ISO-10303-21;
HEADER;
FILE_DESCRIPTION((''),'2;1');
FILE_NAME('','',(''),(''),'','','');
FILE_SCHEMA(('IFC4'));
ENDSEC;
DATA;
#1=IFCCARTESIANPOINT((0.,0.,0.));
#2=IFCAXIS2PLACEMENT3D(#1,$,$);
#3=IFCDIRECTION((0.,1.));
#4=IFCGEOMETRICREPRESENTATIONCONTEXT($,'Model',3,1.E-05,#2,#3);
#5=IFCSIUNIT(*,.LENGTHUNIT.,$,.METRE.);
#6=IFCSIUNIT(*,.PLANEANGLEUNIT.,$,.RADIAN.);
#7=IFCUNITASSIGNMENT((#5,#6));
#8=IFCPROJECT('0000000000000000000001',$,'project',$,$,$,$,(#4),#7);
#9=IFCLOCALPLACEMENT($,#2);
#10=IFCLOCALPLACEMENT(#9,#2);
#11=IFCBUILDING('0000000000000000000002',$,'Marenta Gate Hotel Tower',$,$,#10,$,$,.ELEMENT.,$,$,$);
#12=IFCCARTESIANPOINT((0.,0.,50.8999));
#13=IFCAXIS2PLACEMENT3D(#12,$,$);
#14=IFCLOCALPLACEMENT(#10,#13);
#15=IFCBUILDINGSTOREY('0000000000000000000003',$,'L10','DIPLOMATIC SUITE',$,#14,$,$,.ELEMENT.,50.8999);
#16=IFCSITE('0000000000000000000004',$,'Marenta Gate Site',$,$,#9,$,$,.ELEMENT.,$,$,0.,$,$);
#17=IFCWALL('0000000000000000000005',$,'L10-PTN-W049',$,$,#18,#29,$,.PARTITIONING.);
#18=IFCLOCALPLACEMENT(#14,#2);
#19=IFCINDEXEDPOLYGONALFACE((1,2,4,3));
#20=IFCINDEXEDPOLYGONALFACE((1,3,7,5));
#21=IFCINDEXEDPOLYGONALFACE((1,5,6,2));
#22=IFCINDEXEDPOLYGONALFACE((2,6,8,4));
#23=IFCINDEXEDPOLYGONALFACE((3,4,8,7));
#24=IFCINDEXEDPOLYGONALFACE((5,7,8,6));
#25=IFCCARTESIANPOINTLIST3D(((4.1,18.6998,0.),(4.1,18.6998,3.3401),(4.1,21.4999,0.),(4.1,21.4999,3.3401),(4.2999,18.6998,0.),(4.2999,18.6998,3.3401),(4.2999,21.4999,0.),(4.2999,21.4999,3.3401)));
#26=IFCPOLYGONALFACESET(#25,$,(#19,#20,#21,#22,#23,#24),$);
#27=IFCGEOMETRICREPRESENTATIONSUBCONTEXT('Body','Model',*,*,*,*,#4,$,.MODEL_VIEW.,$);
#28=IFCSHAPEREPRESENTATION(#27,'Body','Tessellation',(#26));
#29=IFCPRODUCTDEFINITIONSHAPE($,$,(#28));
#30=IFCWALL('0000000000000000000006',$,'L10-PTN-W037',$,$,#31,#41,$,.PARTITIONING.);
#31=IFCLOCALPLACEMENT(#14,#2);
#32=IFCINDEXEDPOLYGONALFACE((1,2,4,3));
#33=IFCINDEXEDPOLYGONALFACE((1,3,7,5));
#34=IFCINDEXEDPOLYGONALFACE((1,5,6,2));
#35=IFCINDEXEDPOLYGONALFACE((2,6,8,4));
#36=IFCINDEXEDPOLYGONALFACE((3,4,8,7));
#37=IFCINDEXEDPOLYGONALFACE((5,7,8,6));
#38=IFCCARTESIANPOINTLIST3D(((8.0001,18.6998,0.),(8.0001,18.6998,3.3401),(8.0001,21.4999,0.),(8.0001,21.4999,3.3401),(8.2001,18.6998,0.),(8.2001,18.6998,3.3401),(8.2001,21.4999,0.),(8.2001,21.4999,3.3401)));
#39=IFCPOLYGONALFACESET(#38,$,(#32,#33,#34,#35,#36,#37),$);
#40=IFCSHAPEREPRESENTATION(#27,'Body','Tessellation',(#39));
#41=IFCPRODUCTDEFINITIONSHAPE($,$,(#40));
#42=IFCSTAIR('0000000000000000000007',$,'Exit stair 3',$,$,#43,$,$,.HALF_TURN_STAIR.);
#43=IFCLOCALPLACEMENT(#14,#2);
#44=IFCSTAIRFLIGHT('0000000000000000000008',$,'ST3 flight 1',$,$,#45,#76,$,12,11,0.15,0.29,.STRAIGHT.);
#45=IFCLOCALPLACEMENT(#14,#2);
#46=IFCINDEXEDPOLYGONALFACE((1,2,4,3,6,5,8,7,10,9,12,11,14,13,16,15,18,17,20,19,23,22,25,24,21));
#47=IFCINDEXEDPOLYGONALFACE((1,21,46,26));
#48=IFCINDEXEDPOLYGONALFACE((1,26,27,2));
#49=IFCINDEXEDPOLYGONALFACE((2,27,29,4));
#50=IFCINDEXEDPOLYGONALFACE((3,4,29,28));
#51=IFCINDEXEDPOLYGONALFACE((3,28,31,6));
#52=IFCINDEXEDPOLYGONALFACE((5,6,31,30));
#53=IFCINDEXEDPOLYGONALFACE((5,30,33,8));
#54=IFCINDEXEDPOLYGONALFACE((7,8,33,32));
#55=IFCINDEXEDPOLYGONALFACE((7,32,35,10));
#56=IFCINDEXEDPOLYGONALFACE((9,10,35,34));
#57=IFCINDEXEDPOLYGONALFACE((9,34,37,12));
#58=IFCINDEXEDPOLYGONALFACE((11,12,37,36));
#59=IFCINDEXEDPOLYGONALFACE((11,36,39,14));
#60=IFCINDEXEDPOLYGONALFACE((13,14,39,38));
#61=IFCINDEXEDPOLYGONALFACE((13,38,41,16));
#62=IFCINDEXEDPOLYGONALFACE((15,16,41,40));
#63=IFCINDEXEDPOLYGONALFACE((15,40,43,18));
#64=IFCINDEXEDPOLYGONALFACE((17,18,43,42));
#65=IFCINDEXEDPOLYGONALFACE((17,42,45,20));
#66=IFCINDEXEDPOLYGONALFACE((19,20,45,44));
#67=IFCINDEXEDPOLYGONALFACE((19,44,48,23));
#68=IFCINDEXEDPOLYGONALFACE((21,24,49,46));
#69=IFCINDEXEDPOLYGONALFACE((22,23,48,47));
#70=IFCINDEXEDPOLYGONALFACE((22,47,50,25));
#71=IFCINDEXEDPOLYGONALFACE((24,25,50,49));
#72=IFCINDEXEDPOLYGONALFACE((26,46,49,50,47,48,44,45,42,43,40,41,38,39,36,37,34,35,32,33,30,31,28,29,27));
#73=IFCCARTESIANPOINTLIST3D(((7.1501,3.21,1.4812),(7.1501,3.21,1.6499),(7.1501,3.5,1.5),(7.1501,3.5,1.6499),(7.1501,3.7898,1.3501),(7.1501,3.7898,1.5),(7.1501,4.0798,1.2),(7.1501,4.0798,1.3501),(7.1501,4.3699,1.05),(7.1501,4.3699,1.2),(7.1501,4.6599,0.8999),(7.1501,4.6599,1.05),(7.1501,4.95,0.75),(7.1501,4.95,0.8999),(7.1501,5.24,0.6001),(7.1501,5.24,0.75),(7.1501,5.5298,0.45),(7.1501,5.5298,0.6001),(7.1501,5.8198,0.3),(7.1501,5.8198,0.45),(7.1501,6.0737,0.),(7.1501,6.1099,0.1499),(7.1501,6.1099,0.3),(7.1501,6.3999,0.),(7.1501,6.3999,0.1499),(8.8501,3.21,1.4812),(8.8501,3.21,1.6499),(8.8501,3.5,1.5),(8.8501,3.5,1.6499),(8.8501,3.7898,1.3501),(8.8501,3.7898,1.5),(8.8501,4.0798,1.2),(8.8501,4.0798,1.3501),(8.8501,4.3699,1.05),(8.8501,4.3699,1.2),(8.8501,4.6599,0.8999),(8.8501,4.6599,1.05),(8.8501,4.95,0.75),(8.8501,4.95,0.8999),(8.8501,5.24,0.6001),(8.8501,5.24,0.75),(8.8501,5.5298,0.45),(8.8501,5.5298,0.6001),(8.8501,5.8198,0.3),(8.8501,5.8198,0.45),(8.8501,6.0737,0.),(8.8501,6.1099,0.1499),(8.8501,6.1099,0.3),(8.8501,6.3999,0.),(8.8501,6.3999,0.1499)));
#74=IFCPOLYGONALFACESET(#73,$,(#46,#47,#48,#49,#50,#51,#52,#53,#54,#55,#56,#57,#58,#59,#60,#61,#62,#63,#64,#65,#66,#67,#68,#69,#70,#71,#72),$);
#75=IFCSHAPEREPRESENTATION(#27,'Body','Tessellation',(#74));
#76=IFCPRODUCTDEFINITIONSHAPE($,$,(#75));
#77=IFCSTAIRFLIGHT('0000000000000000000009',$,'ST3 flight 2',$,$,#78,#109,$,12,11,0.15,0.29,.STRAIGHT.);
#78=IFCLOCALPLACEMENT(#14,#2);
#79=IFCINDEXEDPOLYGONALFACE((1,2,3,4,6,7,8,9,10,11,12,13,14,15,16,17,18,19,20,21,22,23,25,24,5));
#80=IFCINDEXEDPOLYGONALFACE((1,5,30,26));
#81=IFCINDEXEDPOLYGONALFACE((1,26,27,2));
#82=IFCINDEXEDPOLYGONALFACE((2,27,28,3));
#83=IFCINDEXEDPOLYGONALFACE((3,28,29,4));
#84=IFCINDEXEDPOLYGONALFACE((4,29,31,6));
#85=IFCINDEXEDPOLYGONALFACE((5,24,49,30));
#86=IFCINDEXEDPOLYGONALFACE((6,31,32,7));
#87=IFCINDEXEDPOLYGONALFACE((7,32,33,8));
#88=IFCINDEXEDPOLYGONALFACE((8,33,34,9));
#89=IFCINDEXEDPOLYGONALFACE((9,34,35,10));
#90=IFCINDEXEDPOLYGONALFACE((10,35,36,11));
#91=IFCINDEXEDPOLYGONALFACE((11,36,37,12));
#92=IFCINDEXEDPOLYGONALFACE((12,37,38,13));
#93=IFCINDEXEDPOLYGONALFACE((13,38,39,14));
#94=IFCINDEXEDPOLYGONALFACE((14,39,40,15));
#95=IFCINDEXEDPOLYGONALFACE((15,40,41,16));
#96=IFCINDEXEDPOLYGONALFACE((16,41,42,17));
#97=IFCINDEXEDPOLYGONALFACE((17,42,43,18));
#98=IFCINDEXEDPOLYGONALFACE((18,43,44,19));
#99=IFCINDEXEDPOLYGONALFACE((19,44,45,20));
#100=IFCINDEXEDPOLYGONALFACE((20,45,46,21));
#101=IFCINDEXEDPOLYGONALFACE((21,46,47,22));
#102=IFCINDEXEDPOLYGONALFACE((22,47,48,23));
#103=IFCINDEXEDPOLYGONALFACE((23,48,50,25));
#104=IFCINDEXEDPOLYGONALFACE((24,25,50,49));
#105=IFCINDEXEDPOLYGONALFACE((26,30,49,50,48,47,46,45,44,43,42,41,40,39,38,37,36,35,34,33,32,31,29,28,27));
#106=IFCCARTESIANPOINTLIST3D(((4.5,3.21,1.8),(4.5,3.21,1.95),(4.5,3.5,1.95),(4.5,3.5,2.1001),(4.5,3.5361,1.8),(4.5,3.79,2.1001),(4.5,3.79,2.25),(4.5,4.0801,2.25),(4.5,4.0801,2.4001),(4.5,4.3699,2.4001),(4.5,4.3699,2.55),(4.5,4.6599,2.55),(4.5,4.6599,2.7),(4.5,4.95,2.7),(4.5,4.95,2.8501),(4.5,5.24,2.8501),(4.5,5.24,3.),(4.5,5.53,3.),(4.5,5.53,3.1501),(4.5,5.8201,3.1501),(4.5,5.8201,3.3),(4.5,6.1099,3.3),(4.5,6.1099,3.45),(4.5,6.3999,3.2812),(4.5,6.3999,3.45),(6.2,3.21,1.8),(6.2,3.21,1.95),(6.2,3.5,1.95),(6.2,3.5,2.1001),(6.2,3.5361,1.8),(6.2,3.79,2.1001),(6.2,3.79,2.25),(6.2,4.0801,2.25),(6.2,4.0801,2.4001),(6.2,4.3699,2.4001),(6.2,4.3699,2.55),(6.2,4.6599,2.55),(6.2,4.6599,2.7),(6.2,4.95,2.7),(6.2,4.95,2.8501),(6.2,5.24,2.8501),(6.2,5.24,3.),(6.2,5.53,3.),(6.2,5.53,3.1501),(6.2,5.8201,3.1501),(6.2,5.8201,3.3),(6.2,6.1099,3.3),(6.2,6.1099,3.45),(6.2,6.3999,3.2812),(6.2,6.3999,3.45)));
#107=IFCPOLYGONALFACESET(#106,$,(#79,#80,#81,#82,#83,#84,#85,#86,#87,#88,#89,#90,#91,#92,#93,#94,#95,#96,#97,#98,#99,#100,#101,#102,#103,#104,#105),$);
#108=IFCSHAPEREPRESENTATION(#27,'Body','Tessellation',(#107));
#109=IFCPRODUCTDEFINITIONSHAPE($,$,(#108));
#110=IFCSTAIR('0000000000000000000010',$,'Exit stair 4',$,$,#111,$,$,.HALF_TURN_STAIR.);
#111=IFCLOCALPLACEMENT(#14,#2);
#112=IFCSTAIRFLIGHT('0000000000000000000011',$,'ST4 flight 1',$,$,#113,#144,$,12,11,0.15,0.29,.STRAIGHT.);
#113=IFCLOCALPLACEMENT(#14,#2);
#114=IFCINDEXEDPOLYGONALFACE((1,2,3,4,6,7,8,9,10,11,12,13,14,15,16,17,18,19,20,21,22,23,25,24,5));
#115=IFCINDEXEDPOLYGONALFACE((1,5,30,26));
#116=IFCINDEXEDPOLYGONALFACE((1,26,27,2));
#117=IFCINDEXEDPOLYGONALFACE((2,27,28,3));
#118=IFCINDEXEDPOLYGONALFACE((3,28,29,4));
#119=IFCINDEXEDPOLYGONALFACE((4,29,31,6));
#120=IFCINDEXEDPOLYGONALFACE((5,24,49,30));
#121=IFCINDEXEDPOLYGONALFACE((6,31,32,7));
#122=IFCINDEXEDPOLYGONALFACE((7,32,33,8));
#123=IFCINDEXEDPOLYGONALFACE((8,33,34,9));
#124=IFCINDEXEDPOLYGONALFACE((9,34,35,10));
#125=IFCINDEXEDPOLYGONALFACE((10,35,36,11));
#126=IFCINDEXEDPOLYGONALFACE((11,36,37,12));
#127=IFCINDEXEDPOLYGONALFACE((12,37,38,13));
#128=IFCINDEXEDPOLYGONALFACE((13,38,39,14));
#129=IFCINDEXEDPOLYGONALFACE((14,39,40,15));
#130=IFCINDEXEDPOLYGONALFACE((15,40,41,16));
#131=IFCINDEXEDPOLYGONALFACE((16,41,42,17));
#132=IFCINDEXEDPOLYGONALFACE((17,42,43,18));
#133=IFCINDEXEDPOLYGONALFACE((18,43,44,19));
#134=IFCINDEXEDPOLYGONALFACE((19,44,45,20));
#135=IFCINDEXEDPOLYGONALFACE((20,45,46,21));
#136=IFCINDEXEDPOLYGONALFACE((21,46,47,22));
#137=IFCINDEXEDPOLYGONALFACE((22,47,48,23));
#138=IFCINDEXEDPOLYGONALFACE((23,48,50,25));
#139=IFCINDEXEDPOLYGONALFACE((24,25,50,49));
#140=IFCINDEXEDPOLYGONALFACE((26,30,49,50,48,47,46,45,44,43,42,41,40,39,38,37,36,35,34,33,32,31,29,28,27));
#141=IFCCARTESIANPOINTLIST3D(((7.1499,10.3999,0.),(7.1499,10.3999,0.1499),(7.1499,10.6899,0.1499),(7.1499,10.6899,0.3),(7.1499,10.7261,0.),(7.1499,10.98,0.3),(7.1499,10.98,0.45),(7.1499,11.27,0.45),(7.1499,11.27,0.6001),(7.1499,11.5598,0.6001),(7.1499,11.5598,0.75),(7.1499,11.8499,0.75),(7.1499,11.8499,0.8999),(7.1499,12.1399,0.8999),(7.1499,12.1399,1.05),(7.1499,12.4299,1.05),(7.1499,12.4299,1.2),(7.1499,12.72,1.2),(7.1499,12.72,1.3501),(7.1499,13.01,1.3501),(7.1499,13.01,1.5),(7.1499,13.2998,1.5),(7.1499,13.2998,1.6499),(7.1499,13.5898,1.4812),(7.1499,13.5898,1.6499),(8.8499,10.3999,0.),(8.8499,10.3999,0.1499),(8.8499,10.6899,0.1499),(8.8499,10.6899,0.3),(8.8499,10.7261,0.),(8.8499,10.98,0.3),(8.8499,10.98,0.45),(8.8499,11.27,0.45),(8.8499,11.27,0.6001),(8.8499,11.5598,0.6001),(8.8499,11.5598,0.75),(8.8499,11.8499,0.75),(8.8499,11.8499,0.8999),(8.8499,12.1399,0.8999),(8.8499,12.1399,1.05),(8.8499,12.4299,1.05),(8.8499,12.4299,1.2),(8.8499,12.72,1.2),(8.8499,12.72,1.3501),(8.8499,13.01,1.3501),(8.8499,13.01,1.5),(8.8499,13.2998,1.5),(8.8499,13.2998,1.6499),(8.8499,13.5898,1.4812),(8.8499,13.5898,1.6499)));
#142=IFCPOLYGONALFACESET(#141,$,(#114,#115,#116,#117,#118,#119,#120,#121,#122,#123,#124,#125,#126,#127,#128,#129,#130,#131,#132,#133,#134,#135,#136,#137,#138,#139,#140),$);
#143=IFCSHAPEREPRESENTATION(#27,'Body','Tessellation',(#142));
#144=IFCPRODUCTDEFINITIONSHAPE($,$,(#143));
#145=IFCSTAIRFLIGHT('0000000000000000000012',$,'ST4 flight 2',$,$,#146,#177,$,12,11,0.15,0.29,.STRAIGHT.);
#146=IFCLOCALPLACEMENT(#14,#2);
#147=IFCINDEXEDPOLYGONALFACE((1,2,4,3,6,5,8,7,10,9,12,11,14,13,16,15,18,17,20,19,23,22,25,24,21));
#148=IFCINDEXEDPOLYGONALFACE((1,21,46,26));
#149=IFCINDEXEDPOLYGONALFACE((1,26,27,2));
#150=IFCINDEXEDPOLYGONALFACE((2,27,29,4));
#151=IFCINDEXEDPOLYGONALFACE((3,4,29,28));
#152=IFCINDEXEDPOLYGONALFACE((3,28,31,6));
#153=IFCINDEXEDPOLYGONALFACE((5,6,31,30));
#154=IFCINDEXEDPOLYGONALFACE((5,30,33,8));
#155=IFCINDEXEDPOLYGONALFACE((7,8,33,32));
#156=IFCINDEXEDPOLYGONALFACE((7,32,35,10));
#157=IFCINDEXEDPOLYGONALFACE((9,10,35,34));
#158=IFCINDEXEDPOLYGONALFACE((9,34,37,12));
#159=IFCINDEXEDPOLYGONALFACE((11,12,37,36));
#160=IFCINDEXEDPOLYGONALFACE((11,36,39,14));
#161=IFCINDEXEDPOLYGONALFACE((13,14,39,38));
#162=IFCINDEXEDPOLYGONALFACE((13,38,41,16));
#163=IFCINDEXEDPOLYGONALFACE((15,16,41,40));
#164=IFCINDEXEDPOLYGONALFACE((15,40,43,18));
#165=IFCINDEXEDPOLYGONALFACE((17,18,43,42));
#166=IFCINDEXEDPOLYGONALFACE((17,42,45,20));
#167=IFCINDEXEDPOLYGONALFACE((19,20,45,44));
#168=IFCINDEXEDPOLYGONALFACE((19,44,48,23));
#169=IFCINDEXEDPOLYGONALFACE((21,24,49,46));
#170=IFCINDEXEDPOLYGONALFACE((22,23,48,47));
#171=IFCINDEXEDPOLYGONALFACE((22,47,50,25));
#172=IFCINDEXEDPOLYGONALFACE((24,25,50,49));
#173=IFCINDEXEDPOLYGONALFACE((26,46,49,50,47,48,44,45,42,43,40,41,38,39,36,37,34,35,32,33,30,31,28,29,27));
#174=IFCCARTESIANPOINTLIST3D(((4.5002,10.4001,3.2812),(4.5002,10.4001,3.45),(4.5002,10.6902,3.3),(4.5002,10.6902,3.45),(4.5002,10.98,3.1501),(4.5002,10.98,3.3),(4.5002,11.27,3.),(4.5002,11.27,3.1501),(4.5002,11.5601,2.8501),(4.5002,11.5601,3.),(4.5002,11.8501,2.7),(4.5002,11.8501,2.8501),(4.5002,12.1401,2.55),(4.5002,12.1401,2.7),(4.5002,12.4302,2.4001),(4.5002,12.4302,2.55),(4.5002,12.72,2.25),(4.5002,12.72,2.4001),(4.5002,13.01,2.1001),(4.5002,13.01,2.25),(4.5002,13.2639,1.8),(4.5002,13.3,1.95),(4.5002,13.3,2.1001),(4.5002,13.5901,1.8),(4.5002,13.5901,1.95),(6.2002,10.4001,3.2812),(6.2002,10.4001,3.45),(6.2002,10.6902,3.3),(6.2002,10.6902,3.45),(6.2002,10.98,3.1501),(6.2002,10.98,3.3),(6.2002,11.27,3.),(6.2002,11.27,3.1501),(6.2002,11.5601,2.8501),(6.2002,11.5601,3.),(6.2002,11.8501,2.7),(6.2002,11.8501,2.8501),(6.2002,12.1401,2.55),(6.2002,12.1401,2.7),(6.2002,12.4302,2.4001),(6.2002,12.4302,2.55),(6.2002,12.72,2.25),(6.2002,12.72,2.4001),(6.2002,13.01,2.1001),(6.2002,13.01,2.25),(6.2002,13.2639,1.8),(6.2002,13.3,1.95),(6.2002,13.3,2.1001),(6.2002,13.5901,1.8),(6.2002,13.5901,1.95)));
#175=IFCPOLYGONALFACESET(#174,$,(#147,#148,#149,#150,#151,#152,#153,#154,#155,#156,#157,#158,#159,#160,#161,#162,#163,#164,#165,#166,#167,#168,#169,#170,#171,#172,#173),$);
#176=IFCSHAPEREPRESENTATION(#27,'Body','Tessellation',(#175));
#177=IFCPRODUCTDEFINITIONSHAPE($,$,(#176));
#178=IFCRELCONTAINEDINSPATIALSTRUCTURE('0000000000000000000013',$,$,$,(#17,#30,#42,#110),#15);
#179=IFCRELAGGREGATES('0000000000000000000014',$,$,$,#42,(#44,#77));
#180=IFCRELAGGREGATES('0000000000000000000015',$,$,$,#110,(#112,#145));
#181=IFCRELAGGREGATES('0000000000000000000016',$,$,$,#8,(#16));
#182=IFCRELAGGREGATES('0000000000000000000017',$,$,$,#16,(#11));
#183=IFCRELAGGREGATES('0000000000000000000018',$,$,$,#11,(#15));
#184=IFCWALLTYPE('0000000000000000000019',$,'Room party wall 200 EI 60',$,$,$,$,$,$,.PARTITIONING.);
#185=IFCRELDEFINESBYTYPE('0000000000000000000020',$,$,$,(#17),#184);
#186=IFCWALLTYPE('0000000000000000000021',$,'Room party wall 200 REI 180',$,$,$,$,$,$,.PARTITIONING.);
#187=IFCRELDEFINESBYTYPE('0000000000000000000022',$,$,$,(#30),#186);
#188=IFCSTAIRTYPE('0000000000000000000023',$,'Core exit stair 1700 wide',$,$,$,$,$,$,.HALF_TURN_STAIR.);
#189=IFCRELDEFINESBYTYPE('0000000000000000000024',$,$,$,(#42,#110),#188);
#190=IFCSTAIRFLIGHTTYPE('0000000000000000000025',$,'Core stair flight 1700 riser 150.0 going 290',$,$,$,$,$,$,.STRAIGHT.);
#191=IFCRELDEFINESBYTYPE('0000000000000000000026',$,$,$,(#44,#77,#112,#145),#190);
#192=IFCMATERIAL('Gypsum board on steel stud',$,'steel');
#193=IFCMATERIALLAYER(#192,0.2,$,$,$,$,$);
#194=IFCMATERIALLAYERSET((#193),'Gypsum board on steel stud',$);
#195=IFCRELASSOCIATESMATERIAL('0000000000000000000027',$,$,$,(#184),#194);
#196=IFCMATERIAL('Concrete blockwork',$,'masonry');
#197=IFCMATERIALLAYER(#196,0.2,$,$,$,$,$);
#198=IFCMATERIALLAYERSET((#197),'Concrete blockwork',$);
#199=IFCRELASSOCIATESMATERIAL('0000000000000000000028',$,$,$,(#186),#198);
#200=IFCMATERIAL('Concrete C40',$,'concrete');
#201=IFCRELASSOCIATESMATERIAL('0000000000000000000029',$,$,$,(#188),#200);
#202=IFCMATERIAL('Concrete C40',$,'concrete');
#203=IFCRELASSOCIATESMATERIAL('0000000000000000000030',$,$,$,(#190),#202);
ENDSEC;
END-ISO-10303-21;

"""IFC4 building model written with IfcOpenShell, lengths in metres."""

from ifc_helpers import new_model, si_unit, direction, frame, frame_2d, origin, place, context, subcontext, project, spatial, polyline, rectangle, outline, extrude, material, layer, layer_set, type_object, element, aggregate, save


model = new_model("IFC4")

# Units and contexts
model_context = context("Model", 3, precision=1e-05, world=origin(), true_north=direction((0.0, 1.0)))
body_context = subcontext(model_context, "Body", "Model", "MODEL_VIEW")
ifc_project = project(units=[si_unit("LENGTHUNIT", "METRE"), si_unit("PLANEANGLEUNIT", "RADIAN")], contexts=[model_context])

# Site, building, storey
site_placement = place(None, origin())
site = spatial("IfcSite", under=ifc_project, at=site_placement, Name="Marenta Gate Site", CompositionType="ELEMENT", RefElevation=0.0)
building_placement = place(site_placement, origin())
building = spatial("IfcBuilding", under=site, at=building_placement, Name="Marenta Gate Hotel Tower", CompositionType="ELEMENT")
storey_placement = place(building_placement, frame((0.0, 0.0, 50.8999)))
storey = spatial("IfcBuildingStorey", under=building, at=storey_placement, Name="L10", Description="DIPLOMATIC SUITE", CompositionType="ELEMENT", Elevation=50.8999)

# Walls
ifc_material_1 = material(Name="Gypsum board on steel stud", Category="steel")
ifc_layer_1 = layer(ifc_material_1, 0.2)
ifc_layer_set_1 = layer_set([ifc_layer_1], Name="Gypsum board on steel stud")
wall_type_1 = type_object("IfcWallType", Name="Room party wall 200 EI 60", PredefinedType="PARTITIONING", material=ifc_layer_set_1)
wall_1_placement = place(storey_placement, frame((4.2, 18.7, 0.0), z_axis=(0.0, 0.0, 1.0), x_axis=(0.0, 1.0, 0.0)))
element("IfcWall", 1, at=wall_1_placement, inside=storey, type_object=wall_type_1, Name="L10-PTN-W049", PredefinedType="PARTITIONING", context=body_context, shape_type="SweptSolid", body=[
    extrude(rectangle(XDim=2.8, YDim=0.2, at=frame_2d((1.3999, 0.0))), origin(), (0.0, 0.0, 1.0), 3.3401),
])
ifc_material_2 = material(Name="Concrete blockwork", Category="masonry")
ifc_layer_2 = layer(ifc_material_2, 0.2)
ifc_layer_set_2 = layer_set([ifc_layer_2], Name="Concrete blockwork")
wall_type_2 = type_object("IfcWallType", Name="Room party wall 200 REI 180", PredefinedType="PARTITIONING", material=ifc_layer_set_2)
wall_2_placement = place(storey_placement, frame((8.1001, 18.7, 0.0), z_axis=(0.0, 0.0, 1.0), x_axis=(0.0, 1.0, 0.0)))
element("IfcWall", 2, at=wall_2_placement, inside=storey, type_object=wall_type_2, Name="L10-PTN-W037", PredefinedType="PARTITIONING", context=body_context, shape_type="SweptSolid", body=[
    extrude(rectangle(XDim=2.8, YDim=0.2, at=frame_2d((1.3999, 0.0))), origin(), (0.0, 0.0, 1.0), 3.3401),
])

# Stairs, stair flights
ifc_material_3 = material(Name="Concrete C40", Category="concrete")
stair_type = type_object("IfcStairType", Name="Core exit stair 1700 wide", PredefinedType="HALF_TURN_STAIR", material=ifc_material_3)
stair_1_placement = place(storey_placement, origin())
stair_1 = element("IfcStair", 3, at=stair_1_placement, inside=storey, type_object=stair_type, Name="Exit stair 3", PredefinedType="HALF_TURN_STAIR")
ifc_material_4 = material(Name="Concrete C40", Category="concrete")
stair_flight_type = type_object("IfcStairFlightType", Name="Core stair flight 1700 riser 150.0 going 290", PredefinedType="STRAIGHT", material=ifc_material_4)
stair_flight_1_placement = place(storey_placement, frame((8.0, 6.3999, 0.0), z_axis=(0.0, 0.0, 1.0), x_axis=(0.0, -1.0, 0.0)))
stair_flight_1 = element("IfcStairFlight", 4, at=stair_flight_1_placement, type_object=stair_flight_type, Name="ST3 flight 1", NumberOfRisers=12, NumberOfTreads=11, PredefinedType="STRAIGHT", RiserHeight=0.15, TreadLength=0.29, context=body_context, shape_type="SweptSolid", body=[
    extrude(outline(polyline([(0.0, 0.0), (0.0, 0.1499), (0.29, 0.1499), (0.29, 0.3), (0.5801, 0.3), (0.5801, 0.45), (0.8701, 0.45), (0.8701, 0.6001), (1.1599, 0.6001), (1.1599, 0.75), (1.45, 0.75), (1.45, 0.8999), (1.74, 0.8999), (1.74, 1.05), (2.03, 1.05), (2.03, 1.2), (2.3201, 1.2), (2.3201, 1.3501), (2.6101, 1.3501), (2.6101, 1.5), (2.8999, 1.5), (2.8999, 1.6499), (3.1899, 1.6499), (3.1899, 1.8), (3.1899, 1.4812), (0.3262, 0.0), (0.0, 0.0)])), frame((0.0, 0.8501, 0.0), z_axis=(0.0, -1.0, 0.0), x_axis=(1.0, 0.0, 0.0)), (0.0, 0.0, 1.0), 1.7),
])
stair_flight_2_placement = place(storey_placement, frame((5.3501, 3.21, 1.8), z_axis=(0.0, 0.0, 1.0), x_axis=(0.0, 1.0, 0.0)))
stair_flight_2 = element("IfcStairFlight", 5, at=stair_flight_2_placement, type_object=stair_flight_type, Name="ST3 flight 2", NumberOfRisers=12, NumberOfTreads=11, PredefinedType="STRAIGHT", RiserHeight=0.15, TreadLength=0.29, context=body_context, shape_type="SweptSolid", body=[
    extrude(outline(polyline([(0.0, 0.0), (0.0, 0.1499), (0.29, 0.1499), (0.29, 0.3), (0.5801, 0.3), (0.5801, 0.45), (0.8701, 0.45), (0.8701, 0.6001), (1.1599, 0.6001), (1.1599, 0.75), (1.45, 0.75), (1.45, 0.8999), (1.74, 0.8999), (1.74, 1.05), (2.03, 1.05), (2.03, 1.2), (2.3201, 1.2), (2.3201, 1.3501), (2.6101, 1.3501), (2.6101, 1.5), (2.8999, 1.5), (2.8999, 1.6499), (3.1899, 1.6499), (3.1899, 1.8), (3.1899, 1.4812), (0.3262, 0.0), (0.0, 0.0)])), frame((0.0, 0.8501, 0.0), z_axis=(0.0, -1.0, 0.0), x_axis=(1.0, 0.0, 0.0)), (0.0, 0.0, 1.0), 1.7),
])
aggregate(stair_1, [stair_flight_1, stair_flight_2])
stair_2_placement = place(storey_placement, origin())
stair_2 = element("IfcStair", 6, at=stair_2_placement, inside=storey, type_object=stair_type, Name="Exit stair 4", PredefinedType="HALF_TURN_STAIR")
stair_flight_3_placement = place(storey_placement, frame((8.0, 10.3999, 0.0), z_axis=(0.0, 0.0, 1.0), x_axis=(0.0, 1.0, 0.0)))
stair_flight_3 = element("IfcStairFlight", 7, at=stair_flight_3_placement, type_object=stair_flight_type, Name="ST4 flight 1", NumberOfRisers=12, NumberOfTreads=11, PredefinedType="STRAIGHT", RiserHeight=0.15, TreadLength=0.29, context=body_context, shape_type="SweptSolid", body=[
    extrude(outline(polyline([(0.0, 0.0), (0.0, 0.1499), (0.29, 0.1499), (0.29, 0.3), (0.5801, 0.3), (0.5801, 0.45), (0.8701, 0.45), (0.8701, 0.6001), (1.1599, 0.6001), (1.1599, 0.75), (1.45, 0.75), (1.45, 0.8999), (1.74, 0.8999), (1.74, 1.05), (2.03, 1.05), (2.03, 1.2), (2.3201, 1.2), (2.3201, 1.3501), (2.6101, 1.3501), (2.6101, 1.5), (2.8999, 1.5), (2.8999, 1.6499), (3.1899, 1.6499), (3.1899, 1.8), (3.1899, 1.4812), (0.3262, 0.0), (0.0, 0.0)])), frame((0.0, 0.8501, 0.0), z_axis=(0.0, -1.0, 0.0), x_axis=(1.0, 0.0, 0.0)), (0.0, 0.0, 1.0), 1.7),
])
stair_flight_4_placement = place(storey_placement, frame((5.3501, 13.5901, 1.8), z_axis=(0.0, 0.0, 1.0), x_axis=(0.0, -1.0, 0.0)))
stair_flight_4 = element("IfcStairFlight", 8, at=stair_flight_4_placement, type_object=stair_flight_type, Name="ST4 flight 2", NumberOfRisers=12, NumberOfTreads=11, PredefinedType="STRAIGHT", RiserHeight=0.15, TreadLength=0.29, context=body_context, shape_type="SweptSolid", body=[
    extrude(outline(polyline([(0.0, 0.0), (0.0, 0.1499), (0.29, 0.1499), (0.29, 0.3), (0.5801, 0.3), (0.5801, 0.45), (0.8701, 0.45), (0.8701, 0.6001), (1.1599, 0.6001), (1.1599, 0.75), (1.45, 0.75), (1.45, 0.8999), (1.74, 0.8999), (1.74, 1.05), (2.03, 1.05), (2.03, 1.2), (2.3201, 1.2), (2.3201, 1.3501), (2.6101, 1.3501), (2.6101, 1.5), (2.8999, 1.5), (2.8999, 1.6499), (3.1899, 1.6499), (3.1899, 1.8), (3.1899, 1.4812), (0.3262, 0.0), (0.0, 0.0)])), frame((0.0, 0.8501, 0.0), z_axis=(0.0, -1.0, 0.0), x_axis=(1.0, 0.0, 0.0)), (0.0, 0.0, 1.0), 1.7),
])
aggregate(stair_2, [stair_flight_3, stair_flight_4])

save(model, "model.ifc")
